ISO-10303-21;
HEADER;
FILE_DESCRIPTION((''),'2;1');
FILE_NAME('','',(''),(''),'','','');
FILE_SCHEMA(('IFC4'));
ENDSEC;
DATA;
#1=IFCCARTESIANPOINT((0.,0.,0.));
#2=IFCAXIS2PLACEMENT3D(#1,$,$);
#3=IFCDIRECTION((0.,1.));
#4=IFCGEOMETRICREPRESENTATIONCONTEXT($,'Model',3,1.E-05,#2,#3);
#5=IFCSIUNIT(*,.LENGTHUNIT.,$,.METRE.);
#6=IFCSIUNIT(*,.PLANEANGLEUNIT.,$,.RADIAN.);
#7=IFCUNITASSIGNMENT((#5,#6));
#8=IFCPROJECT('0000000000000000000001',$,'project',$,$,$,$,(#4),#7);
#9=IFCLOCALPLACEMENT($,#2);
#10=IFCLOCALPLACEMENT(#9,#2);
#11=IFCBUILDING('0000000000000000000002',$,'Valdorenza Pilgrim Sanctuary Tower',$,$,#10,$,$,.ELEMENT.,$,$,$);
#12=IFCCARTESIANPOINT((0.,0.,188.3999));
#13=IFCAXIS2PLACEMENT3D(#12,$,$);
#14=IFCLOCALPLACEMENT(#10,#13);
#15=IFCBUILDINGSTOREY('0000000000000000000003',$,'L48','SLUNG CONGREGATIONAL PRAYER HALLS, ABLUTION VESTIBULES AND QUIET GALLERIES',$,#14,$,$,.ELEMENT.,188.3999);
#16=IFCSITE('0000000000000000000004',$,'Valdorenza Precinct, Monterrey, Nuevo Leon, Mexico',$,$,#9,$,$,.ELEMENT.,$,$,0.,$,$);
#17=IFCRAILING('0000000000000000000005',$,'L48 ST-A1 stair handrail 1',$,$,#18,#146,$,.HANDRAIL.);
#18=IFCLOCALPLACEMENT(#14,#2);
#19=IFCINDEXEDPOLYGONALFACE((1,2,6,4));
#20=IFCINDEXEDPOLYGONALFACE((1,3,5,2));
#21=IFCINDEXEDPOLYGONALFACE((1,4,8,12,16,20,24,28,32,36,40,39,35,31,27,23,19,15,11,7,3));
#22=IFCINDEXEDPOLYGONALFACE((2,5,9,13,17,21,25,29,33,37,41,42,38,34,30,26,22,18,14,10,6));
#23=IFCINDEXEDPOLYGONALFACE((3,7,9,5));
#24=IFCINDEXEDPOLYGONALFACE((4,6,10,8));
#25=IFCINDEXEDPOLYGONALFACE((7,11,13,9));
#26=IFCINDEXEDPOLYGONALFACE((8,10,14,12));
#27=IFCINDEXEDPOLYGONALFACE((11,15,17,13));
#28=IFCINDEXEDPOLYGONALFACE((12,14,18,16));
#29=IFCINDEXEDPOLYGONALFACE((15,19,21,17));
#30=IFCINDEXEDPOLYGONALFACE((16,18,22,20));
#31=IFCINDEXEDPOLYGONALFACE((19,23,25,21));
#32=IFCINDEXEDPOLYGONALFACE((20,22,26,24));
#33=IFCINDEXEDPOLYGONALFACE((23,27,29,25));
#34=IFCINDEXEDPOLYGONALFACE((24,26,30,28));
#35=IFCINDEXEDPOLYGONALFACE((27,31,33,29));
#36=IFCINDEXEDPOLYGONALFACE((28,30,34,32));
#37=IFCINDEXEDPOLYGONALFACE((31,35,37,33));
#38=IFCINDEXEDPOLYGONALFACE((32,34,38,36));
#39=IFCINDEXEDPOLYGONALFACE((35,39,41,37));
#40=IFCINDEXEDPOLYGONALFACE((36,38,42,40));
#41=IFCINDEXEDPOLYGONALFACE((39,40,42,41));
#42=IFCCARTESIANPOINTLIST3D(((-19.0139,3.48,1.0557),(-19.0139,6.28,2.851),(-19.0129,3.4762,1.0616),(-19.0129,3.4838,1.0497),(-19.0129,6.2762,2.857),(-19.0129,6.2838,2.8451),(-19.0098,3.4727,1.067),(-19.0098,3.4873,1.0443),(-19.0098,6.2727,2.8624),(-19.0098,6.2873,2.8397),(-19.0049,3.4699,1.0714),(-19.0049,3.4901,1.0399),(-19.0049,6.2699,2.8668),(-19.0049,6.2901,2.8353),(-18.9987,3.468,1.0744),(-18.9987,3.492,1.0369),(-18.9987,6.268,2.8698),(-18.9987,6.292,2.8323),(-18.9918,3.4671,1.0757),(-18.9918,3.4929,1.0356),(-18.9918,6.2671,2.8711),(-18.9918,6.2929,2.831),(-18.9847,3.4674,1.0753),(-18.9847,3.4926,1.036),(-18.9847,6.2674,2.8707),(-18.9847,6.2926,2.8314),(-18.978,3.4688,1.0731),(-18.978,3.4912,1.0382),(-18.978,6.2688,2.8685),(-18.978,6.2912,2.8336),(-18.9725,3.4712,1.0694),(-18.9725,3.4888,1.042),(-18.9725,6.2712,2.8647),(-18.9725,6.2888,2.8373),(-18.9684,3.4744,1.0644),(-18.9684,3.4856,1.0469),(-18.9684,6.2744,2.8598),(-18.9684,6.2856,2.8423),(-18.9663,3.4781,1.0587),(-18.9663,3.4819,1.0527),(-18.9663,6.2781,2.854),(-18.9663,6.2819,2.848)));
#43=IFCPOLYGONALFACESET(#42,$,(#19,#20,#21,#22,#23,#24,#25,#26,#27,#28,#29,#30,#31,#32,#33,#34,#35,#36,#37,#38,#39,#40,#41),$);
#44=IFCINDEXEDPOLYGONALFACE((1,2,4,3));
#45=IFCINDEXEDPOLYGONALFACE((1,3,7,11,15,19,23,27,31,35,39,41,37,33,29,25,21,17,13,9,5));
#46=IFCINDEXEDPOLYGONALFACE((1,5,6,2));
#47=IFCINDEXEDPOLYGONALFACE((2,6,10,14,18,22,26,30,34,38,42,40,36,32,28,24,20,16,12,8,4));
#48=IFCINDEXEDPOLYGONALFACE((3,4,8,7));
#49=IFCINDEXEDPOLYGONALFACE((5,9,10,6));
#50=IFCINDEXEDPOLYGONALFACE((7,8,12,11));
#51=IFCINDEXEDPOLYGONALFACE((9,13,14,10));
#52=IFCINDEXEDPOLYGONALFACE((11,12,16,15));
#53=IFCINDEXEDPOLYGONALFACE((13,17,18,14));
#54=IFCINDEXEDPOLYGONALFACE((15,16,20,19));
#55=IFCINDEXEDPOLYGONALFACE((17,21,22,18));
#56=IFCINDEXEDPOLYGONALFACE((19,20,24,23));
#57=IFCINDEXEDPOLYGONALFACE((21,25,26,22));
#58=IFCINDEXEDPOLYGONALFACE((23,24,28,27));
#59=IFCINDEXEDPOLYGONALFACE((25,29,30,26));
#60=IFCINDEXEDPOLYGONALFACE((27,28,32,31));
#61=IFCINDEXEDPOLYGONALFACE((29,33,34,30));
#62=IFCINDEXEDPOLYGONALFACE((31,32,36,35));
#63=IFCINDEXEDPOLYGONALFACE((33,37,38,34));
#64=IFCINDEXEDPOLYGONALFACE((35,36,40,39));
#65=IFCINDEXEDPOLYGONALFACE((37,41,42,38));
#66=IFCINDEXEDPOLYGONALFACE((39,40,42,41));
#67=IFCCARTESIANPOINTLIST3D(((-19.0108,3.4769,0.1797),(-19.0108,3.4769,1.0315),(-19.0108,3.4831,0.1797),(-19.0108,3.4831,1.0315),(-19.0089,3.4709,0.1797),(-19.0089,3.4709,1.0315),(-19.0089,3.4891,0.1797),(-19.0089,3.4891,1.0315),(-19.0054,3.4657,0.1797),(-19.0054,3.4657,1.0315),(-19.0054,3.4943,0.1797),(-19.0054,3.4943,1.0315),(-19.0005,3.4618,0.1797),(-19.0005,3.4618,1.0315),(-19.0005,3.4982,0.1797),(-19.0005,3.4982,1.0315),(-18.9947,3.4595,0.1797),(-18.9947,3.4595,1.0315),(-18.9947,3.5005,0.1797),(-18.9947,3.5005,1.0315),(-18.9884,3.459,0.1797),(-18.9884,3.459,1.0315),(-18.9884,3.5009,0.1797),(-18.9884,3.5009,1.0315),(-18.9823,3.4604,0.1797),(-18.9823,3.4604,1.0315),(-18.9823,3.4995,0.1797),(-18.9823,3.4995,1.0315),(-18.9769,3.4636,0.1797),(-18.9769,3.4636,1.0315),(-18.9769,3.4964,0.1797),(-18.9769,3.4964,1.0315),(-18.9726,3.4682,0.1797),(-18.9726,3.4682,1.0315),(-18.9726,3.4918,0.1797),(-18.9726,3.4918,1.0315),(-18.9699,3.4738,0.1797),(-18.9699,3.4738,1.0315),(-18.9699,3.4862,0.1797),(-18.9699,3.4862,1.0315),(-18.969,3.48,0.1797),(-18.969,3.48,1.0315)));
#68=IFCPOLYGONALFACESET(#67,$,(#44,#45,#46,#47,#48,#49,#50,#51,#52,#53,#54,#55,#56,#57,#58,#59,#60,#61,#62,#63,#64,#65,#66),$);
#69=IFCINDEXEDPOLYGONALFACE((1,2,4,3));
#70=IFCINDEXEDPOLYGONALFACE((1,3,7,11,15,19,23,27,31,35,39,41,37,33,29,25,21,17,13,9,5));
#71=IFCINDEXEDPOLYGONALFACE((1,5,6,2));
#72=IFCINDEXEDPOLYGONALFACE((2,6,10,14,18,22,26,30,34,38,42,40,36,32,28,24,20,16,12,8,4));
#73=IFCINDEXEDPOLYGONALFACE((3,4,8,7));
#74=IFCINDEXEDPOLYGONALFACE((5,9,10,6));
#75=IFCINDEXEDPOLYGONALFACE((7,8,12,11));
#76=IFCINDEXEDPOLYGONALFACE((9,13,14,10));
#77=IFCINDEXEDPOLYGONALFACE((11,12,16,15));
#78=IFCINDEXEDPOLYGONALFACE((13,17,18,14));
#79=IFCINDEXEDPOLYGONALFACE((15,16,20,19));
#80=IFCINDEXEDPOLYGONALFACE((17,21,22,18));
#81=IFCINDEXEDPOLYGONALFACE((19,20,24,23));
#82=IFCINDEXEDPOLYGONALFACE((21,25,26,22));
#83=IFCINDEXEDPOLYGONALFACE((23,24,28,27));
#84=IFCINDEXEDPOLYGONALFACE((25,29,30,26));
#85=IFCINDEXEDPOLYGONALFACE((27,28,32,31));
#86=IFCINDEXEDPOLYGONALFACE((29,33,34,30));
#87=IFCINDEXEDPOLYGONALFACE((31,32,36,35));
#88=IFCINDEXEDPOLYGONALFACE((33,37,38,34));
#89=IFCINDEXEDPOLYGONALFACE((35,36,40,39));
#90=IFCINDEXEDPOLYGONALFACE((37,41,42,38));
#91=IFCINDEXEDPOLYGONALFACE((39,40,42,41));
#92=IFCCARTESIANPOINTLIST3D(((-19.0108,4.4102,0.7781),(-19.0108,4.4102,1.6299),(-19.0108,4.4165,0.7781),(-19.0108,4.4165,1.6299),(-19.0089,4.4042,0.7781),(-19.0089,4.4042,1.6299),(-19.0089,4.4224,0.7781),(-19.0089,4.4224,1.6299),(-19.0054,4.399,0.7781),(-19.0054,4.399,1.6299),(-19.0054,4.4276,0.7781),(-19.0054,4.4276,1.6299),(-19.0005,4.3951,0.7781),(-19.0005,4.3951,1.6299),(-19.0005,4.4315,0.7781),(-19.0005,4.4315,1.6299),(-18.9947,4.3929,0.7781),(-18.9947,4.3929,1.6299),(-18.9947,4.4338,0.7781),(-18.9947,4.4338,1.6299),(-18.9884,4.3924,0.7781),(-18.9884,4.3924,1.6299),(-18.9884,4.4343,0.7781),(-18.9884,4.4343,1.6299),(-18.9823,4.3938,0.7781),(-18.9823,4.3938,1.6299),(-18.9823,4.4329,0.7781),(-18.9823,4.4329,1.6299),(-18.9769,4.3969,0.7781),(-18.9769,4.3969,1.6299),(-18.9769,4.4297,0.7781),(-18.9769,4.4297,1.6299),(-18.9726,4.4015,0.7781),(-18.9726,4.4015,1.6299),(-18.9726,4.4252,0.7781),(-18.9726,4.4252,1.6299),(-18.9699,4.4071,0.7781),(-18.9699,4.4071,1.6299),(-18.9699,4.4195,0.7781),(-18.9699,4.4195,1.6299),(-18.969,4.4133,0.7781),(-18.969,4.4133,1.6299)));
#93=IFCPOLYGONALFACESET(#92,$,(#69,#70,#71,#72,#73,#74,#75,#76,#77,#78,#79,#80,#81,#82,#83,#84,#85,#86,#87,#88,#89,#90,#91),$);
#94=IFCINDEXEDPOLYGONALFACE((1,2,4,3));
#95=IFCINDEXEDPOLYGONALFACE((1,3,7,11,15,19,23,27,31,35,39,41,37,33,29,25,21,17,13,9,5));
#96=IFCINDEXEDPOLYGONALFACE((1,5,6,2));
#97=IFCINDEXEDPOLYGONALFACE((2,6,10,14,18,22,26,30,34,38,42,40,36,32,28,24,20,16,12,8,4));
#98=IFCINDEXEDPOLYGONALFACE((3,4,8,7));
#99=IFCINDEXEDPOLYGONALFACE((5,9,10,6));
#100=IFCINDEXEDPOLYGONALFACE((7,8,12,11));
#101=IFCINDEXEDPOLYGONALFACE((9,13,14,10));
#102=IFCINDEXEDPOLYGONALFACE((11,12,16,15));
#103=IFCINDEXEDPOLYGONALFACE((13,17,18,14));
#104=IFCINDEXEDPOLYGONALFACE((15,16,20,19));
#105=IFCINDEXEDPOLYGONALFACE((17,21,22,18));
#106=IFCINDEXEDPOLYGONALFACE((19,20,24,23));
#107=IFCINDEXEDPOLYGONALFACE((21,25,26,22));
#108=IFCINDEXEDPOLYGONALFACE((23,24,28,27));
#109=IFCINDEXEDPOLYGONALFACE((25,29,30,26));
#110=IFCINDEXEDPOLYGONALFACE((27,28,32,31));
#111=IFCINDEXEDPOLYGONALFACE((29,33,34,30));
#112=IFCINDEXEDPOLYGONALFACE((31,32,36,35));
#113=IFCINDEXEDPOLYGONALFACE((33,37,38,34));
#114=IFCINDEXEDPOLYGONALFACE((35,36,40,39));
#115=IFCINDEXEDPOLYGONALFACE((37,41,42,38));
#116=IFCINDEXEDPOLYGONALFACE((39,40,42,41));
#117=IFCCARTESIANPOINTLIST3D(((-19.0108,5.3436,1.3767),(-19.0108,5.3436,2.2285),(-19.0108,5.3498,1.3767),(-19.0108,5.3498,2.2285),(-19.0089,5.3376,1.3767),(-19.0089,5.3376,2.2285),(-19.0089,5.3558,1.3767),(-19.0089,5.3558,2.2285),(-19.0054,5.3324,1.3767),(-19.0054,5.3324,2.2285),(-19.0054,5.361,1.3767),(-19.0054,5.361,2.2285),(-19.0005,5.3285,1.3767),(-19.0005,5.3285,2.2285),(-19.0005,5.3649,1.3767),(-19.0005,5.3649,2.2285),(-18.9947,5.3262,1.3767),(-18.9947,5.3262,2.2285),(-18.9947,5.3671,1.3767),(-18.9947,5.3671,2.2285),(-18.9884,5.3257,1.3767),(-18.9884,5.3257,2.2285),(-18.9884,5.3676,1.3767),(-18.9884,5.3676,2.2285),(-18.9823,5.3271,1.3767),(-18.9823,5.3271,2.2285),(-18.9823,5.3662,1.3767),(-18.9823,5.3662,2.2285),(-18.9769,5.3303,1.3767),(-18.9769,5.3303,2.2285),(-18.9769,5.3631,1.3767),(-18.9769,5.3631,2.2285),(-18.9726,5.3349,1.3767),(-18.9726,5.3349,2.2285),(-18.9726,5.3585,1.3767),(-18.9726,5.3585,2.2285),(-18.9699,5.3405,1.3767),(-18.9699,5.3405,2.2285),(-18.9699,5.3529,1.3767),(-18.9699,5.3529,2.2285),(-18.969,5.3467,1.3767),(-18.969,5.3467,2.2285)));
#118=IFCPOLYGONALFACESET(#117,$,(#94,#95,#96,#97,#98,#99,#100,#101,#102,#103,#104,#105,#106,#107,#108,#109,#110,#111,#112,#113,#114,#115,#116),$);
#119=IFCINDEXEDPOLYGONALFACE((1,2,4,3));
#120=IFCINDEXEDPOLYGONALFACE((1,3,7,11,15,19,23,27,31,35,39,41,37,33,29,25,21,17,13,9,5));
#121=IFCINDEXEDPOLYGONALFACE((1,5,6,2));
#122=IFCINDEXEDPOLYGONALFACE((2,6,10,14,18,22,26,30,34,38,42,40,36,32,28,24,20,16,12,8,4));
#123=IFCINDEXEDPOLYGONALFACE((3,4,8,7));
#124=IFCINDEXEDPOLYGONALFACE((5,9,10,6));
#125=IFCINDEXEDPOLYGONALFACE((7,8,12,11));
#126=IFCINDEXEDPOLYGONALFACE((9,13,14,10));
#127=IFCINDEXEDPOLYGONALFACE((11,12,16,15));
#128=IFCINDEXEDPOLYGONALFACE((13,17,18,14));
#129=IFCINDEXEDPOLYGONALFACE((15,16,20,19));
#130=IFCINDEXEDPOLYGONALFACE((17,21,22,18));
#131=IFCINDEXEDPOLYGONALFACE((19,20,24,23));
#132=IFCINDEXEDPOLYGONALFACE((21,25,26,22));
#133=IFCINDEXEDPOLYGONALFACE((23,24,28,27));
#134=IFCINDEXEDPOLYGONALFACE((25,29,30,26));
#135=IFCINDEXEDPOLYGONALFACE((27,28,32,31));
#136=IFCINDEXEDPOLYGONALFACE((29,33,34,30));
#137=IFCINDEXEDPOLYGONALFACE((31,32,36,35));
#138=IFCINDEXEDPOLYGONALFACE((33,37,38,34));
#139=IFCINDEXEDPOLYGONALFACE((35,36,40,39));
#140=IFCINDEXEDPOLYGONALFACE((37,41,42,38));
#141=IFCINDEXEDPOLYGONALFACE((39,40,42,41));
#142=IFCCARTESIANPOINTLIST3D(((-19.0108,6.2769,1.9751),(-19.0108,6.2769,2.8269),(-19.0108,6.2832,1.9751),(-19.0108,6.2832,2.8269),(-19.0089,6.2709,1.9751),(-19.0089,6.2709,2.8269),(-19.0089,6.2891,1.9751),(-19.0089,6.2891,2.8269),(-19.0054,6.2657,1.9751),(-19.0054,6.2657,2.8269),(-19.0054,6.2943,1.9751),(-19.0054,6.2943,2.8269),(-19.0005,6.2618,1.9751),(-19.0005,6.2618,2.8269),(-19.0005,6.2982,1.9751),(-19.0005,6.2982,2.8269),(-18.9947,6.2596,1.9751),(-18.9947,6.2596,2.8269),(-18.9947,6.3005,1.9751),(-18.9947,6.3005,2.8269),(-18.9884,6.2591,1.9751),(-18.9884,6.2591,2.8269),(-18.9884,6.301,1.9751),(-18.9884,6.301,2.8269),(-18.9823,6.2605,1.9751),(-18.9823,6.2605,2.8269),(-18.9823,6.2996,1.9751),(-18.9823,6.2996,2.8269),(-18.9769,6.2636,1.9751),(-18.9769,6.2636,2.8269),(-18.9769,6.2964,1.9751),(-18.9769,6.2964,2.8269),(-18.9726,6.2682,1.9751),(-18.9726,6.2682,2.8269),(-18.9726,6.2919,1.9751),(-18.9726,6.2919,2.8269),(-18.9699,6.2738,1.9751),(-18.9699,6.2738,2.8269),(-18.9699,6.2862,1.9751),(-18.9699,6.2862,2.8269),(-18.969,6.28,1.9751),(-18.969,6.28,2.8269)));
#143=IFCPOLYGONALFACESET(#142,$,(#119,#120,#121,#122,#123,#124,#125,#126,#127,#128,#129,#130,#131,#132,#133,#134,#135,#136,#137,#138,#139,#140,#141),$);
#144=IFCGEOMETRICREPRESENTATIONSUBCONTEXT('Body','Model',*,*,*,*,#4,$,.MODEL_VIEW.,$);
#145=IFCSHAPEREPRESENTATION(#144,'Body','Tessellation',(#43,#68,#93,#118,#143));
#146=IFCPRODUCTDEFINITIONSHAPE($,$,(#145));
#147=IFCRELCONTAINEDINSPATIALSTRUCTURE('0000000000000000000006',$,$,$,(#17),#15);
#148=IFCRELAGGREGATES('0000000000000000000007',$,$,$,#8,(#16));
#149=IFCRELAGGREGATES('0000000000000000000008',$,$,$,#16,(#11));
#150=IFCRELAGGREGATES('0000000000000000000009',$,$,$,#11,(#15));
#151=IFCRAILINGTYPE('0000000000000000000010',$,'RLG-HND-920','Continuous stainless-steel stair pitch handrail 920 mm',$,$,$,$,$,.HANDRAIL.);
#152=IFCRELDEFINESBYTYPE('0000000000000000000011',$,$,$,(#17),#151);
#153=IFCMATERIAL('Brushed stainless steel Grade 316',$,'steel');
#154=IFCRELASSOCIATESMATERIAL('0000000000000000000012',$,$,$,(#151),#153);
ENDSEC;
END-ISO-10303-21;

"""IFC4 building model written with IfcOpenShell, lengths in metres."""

from ifc_helpers import new_model, si_unit, direction, frame, origin, origin_2d, place, context, subcontext, project, spatial, circle, extrude, material, type_object, element, save


model = new_model("IFC4")

# Units and contexts
model_context = context("Model", 3, precision=1e-05, world=origin(), true_north=direction((0.0, 1.0)))
body_context = subcontext(model_context, "Body", "Model", "MODEL_VIEW")
ifc_project = project(units=[si_unit("LENGTHUNIT", "METRE"), si_unit("PLANEANGLEUNIT", "RADIAN")], contexts=[model_context])

# Site, building, storey
site_placement = place(None, origin())
site = spatial("IfcSite", under=ifc_project, at=site_placement, Name="Valdorenza Precinct, Monterrey, Nuevo Leon, Mexico", CompositionType="ELEMENT", RefElevation=0.0)
building_placement = place(site_placement, origin())
building = spatial("IfcBuilding", under=site, at=building_placement, Name="Valdorenza Pilgrim Sanctuary Tower", CompositionType="ELEMENT")
storey_placement = place(building_placement, frame((0.0, 0.0, 188.3999)))
storey = spatial("IfcBuildingStorey", under=building, at=storey_placement, Name="L48", Description="SLUNG CONGREGATIONAL PRAYER HALLS, ABLUTION VESTIBULES AND QUIET GALLERIES", CompositionType="ELEMENT", Elevation=188.3999)

# Shared definitions
ifc_material_1 = material(Name="Brushed stainless steel Grade 316", Category="steel")

# Railing
railing_type_1 = type_object("IfcRailingType", Name="RLG-HND-920", Description="Continuous stainless-steel stair pitch handrail 920 mm", PredefinedType="HANDRAIL", material=ifc_material_1)
railing_1_placement = place(storey_placement, frame((-18.99, 3.48, 0.1797)))
element("IfcRailing", 1, at=railing_1_placement, inside=storey, type_object=railing_type_1, Name="L48 ST-A1 stair handrail 1", PredefinedType="HANDRAIL", context=body_context, shape_type="SweptSolid", body=[
    extrude(circle(Radius=0.0239, at=origin_2d()), frame((0.0, 0.0, 0.876), z_axis=(0.0, 0.84181, 0.539774), x_axis=(-1.0, 0.0, 0.0)), (0.0, 0.0, 1.0), 3.3262),
    extrude(circle(Radius=0.021, at=origin_2d()), origin(), (0.0, 0.0, 1.0), 0.8518),
    extrude(circle(Radius=0.021, at=origin_2d()), frame((0.0, 0.9333, 0.5984)), (0.0, 0.0, 1.0), 0.8518),
    extrude(circle(Radius=0.021, at=origin_2d()), frame((0.0, 1.8667, 1.197)), (0.0, 0.0, 1.0), 0.8518),
    extrude(circle(Radius=0.021, at=origin_2d()), frame((0.0, 2.8, 1.7954)), (0.0, 0.0, 1.0), 0.8518),
])

save(model, "model.ifc")
